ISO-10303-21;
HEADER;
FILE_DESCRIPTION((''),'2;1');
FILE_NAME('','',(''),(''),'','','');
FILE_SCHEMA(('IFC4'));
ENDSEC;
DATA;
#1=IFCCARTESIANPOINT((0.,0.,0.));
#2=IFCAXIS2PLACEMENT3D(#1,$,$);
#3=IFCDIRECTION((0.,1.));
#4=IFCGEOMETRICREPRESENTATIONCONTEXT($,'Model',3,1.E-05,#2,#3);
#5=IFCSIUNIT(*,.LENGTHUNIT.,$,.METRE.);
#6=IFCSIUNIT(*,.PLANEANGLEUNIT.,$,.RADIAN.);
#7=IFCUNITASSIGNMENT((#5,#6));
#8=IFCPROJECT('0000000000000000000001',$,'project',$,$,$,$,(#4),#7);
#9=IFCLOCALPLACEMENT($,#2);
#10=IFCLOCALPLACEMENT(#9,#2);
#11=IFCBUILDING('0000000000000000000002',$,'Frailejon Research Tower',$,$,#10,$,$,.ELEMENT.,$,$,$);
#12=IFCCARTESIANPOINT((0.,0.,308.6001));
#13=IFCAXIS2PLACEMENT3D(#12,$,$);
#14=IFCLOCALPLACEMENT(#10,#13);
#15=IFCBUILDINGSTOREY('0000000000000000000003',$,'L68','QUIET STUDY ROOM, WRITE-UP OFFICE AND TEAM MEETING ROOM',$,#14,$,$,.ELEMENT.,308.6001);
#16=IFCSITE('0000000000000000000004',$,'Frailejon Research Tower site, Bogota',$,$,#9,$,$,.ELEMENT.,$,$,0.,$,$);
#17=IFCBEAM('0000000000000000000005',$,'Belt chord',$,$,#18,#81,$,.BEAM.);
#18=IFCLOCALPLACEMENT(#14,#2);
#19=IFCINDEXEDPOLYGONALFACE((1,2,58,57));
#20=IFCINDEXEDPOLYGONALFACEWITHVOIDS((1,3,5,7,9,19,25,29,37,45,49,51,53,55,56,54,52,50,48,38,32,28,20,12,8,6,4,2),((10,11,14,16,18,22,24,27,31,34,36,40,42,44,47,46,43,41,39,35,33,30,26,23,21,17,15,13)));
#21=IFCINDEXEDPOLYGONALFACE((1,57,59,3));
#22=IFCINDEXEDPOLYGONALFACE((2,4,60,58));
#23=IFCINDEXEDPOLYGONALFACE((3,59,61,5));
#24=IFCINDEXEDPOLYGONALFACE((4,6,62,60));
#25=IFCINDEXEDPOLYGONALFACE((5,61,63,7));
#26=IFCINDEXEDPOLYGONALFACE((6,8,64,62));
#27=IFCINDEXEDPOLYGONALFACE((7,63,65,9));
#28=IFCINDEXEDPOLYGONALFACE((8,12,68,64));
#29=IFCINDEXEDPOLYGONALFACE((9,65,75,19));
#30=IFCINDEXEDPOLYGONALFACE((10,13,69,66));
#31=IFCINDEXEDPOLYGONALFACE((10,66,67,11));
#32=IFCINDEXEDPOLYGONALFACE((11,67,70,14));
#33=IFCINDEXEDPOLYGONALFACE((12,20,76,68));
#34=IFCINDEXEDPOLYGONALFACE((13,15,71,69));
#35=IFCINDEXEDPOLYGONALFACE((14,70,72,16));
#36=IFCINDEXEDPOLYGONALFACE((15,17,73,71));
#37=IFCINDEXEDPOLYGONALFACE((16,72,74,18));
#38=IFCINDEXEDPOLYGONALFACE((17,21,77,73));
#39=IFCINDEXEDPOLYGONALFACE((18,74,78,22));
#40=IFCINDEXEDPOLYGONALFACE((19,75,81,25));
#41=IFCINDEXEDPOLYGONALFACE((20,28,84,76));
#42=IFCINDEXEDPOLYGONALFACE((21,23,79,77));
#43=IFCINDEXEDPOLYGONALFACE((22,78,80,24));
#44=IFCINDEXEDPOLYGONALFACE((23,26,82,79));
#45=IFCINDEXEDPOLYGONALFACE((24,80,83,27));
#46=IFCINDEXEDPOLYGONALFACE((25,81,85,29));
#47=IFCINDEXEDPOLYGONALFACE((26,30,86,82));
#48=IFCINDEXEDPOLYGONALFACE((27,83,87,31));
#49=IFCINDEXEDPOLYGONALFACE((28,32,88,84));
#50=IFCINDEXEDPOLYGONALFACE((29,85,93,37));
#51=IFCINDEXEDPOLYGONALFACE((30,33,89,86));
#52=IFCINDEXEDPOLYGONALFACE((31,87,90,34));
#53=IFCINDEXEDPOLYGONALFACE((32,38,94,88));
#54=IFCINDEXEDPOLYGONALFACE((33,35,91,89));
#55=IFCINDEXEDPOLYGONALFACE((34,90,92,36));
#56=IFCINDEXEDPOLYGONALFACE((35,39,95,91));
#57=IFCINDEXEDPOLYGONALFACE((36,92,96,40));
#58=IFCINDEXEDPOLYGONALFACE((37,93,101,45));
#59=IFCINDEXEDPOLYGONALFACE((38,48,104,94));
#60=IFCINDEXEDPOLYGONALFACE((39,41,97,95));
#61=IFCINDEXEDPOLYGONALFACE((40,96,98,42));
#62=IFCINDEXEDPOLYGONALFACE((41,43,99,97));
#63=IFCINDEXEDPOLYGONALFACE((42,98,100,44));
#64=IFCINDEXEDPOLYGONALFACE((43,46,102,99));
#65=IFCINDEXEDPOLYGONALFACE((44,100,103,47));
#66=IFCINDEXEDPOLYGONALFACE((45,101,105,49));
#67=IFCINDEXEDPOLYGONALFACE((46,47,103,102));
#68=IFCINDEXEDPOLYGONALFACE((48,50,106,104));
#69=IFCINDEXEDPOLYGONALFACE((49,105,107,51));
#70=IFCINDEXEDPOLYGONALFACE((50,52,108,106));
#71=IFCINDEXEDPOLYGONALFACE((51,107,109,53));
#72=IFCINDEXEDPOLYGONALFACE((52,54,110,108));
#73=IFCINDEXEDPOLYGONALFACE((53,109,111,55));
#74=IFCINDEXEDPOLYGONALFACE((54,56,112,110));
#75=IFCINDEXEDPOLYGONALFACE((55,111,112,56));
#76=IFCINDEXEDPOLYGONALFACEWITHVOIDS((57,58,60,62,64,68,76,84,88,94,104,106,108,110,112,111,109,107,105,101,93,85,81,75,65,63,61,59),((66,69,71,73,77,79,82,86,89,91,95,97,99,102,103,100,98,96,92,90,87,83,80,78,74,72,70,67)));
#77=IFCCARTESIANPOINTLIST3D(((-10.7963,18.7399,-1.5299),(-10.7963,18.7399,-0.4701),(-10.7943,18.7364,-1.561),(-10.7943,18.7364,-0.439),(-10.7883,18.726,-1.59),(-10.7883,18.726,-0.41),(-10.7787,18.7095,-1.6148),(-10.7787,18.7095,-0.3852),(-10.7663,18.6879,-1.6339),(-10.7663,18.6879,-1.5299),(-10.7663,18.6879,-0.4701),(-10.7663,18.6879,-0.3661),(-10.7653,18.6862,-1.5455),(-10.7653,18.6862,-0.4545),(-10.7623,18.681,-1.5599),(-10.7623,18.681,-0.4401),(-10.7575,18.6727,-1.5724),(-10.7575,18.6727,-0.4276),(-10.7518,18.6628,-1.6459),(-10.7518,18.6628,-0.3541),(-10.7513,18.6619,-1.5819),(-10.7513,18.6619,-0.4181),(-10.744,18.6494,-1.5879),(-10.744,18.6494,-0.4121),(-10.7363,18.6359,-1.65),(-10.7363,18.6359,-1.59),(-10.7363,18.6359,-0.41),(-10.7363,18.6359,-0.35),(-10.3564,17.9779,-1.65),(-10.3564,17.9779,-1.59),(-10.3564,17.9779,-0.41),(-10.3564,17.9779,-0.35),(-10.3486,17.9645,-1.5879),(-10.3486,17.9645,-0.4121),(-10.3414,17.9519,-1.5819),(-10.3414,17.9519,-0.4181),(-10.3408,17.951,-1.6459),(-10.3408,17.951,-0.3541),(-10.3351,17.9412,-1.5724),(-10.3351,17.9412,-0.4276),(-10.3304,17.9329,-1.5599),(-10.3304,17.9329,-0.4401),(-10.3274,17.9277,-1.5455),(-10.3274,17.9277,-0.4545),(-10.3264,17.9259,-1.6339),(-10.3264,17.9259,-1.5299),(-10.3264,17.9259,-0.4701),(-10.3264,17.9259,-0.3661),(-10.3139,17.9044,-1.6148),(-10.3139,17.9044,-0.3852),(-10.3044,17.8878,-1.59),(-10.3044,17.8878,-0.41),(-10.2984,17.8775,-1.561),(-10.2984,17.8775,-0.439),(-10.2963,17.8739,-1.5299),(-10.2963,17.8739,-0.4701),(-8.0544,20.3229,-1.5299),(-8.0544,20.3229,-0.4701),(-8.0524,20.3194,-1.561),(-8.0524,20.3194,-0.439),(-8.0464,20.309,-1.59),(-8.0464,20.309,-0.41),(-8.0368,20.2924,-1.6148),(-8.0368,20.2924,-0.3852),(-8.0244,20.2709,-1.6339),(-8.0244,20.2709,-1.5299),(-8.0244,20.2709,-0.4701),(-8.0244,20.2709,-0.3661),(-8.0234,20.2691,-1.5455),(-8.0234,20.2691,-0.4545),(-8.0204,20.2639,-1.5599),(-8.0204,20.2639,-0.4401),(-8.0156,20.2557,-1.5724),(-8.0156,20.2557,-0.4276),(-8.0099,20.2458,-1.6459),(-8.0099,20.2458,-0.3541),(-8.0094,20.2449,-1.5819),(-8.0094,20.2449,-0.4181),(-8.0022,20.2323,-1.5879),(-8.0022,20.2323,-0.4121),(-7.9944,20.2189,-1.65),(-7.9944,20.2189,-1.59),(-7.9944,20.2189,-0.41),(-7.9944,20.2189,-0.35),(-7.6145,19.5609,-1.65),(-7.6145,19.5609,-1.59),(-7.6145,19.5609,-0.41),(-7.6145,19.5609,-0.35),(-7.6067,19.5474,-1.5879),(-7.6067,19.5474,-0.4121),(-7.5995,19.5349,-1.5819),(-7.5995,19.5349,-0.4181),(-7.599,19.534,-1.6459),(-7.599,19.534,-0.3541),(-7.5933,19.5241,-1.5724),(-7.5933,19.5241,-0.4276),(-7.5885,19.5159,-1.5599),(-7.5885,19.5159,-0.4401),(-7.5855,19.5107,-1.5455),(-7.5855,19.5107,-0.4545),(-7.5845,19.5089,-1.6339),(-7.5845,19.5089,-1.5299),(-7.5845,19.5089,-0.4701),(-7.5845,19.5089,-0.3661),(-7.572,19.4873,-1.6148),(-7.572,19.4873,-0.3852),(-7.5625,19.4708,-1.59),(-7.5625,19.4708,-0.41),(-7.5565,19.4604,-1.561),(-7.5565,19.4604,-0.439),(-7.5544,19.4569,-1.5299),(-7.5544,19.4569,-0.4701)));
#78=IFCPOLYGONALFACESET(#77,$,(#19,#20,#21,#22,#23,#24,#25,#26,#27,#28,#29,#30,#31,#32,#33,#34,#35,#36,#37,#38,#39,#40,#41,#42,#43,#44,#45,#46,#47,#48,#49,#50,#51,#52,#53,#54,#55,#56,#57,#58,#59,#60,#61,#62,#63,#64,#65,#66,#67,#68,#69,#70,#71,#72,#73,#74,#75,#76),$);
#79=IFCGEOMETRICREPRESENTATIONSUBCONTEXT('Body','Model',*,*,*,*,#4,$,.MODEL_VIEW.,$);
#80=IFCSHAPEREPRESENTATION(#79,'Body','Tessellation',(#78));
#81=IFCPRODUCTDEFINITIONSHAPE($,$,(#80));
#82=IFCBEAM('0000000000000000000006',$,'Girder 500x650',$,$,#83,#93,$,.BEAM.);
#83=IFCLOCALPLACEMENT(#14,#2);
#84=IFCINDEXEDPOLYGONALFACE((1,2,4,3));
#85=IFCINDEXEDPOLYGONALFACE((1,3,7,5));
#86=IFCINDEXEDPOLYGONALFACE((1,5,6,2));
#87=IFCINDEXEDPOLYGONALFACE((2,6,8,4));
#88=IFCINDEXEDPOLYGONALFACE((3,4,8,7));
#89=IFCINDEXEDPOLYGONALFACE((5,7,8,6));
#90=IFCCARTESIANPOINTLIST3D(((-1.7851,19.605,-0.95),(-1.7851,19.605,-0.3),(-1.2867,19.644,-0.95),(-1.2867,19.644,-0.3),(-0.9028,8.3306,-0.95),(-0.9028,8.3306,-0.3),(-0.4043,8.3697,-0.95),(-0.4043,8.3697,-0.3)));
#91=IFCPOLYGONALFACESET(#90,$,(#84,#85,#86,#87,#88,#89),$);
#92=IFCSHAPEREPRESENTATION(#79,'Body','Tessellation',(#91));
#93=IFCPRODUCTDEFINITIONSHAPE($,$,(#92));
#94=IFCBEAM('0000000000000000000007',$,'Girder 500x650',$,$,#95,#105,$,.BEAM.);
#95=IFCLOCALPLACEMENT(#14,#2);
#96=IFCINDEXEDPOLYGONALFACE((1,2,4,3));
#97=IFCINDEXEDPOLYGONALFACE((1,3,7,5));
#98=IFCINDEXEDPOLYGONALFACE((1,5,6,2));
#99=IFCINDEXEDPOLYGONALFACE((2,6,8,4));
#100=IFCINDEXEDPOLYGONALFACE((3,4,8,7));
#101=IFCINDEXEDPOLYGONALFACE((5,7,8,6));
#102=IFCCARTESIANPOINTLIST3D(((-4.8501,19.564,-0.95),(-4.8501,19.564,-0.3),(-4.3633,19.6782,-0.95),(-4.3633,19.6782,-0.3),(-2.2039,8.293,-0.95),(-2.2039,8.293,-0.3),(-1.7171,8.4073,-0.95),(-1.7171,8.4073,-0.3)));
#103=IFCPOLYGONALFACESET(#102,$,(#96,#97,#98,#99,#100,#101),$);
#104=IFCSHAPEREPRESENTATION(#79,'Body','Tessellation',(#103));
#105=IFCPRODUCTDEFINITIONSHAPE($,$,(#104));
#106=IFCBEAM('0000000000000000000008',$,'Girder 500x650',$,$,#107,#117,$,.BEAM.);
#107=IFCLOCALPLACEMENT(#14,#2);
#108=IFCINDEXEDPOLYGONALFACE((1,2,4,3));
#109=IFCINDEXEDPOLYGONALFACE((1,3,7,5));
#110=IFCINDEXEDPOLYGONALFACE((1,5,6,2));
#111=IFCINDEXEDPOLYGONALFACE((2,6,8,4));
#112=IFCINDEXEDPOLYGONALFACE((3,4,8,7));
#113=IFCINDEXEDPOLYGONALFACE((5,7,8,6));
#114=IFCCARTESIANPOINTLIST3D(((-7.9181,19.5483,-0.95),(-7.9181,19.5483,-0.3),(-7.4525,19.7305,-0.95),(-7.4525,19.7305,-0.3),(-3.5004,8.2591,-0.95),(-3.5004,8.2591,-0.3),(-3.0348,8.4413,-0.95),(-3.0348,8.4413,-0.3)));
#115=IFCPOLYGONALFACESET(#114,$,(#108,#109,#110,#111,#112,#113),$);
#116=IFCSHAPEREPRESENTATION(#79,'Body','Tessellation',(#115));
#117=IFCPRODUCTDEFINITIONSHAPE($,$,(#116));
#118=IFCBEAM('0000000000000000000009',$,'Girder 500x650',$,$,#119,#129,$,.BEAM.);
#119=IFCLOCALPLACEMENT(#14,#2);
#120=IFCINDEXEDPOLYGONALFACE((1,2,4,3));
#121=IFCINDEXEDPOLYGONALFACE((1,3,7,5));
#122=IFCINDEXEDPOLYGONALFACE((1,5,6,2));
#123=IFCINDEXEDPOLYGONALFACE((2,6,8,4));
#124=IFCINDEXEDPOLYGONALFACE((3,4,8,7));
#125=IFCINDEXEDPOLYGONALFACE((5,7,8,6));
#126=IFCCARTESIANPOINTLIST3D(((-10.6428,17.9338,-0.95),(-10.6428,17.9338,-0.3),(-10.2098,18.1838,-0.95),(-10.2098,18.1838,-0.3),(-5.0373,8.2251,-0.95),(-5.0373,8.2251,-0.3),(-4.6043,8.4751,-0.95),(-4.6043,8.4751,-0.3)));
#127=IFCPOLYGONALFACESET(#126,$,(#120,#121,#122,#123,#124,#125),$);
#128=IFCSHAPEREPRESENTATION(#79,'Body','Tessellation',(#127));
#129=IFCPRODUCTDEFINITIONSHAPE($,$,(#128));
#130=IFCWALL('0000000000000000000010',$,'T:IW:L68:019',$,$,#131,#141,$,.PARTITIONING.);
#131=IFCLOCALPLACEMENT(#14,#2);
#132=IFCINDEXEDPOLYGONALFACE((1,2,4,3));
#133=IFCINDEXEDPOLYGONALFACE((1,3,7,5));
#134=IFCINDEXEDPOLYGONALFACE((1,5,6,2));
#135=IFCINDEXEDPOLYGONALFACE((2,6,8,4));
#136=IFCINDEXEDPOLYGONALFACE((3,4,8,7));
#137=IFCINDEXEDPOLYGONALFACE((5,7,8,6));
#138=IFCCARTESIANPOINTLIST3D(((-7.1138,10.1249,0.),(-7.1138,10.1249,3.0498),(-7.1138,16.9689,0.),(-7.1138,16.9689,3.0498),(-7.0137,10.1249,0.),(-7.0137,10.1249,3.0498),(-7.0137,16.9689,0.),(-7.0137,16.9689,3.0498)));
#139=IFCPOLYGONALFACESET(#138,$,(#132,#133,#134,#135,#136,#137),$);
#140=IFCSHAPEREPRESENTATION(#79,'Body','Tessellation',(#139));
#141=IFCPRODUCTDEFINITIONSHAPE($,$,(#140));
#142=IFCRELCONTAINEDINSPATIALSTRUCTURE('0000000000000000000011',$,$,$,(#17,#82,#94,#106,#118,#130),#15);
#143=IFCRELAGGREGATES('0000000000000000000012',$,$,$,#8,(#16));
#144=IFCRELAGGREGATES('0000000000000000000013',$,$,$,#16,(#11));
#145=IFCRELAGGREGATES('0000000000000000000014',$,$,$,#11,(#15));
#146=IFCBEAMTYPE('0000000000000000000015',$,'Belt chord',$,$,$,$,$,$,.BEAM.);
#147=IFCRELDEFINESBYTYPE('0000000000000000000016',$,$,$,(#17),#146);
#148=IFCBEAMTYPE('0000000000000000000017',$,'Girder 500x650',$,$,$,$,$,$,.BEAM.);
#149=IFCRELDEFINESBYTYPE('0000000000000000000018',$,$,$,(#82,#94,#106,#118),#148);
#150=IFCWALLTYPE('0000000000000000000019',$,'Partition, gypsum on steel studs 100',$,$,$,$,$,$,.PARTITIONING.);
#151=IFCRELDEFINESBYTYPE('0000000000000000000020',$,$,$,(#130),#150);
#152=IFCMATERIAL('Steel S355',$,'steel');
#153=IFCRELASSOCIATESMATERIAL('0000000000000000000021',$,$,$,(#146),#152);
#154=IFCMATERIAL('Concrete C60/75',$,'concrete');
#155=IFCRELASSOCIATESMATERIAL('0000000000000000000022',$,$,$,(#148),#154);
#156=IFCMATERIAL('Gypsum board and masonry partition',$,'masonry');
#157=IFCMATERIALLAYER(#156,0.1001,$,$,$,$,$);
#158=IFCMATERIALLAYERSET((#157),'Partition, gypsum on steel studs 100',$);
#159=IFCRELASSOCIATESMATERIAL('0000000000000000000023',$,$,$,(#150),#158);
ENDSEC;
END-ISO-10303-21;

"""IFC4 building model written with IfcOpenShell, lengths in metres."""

from ifc_helpers import new_model, si_unit, direction, frame, frame_2d, origin, origin_2d, place, context, subcontext, project, spatial, rectangle, hollow_rectangle, extrude, material, layer, layer_set, material_profile, profile_set, type_object, element, save


model = new_model("IFC4")

# Units and contexts
model_context = context("Model", 3, precision=1e-05, world=origin(), true_north=direction((0.0, 1.0)))
body_context = subcontext(model_context, "Body", "Model", "MODEL_VIEW")
ifc_project = project(units=[si_unit("LENGTHUNIT", "METRE"), si_unit("PLANEANGLEUNIT", "RADIAN")], contexts=[model_context])

# Site, building, storey
site_placement = place(None, origin())
site = spatial("IfcSite", under=ifc_project, at=site_placement, Name="Frailejon Research Tower site, Bogota", CompositionType="ELEMENT", RefElevation=0.0)
building_placement = place(site_placement, origin())
building = spatial("IfcBuilding", under=site, at=building_placement, Name="Frailejon Research Tower", CompositionType="ELEMENT")
storey_placement = place(building_placement, frame((0.0, 0.0, 308.6001)))
storey = spatial("IfcBuildingStorey", under=building, at=storey_placement, Name="L68", Description="QUIET STUDY ROOM, WRITE-UP OFFICE AND TEAM MEETING ROOM", CompositionType="ELEMENT", Elevation=308.6001)

# Beams
ifc_material_1 = material(Name="Steel S355", Category="steel")
ifc_material_profile_1 = material_profile(ifc_material_1, hollow_rectangle(XDim=1.0, YDim=1.3, WallThickness=0.0601, InnerFilletRadius=0.0601, OuterFilletRadius=0.1201, at=origin_2d()), Name="Belt chord")
ifc_profile_set_1 = profile_set([ifc_material_profile_1], Name="Steel S355")
beam_type_1 = type_object("IfcBeamType", Name="Belt chord", PredefinedType="BEAM", material=ifc_profile_set_1)
beam_1_placement = place(storey_placement, frame((-7.8044, 19.8899, -1.0), z_axis=(-0.866033, -0.499987, 0.0), x_axis=(0.499987, -0.866033, 0.0)))
element("IfcBeam", 1, at=beam_1_placement, inside=storey, type_object=beam_type_1, Name="Belt chord", PredefinedType="BEAM", context=body_context, shape_type="SweptSolid", body=[
    extrude(hollow_rectangle(XDim=1.0, YDim=1.3, WallThickness=0.0601, InnerFilletRadius=0.0601, OuterFilletRadius=0.1201, at=origin_2d()), origin(), (0.0, 0.0, 1.0), 3.166),
])
ifc_material_2 = material(Name="Concrete C60/75", Category="concrete")
ifc_material_profile_2 = material_profile(ifc_material_2, rectangle(XDim=0.5, YDim=0.6499, at=origin_2d()), Name="Girder 500x650")
ifc_profile_set_2 = profile_set([ifc_material_profile_2], Name="Concrete C60/75")
beam_type_2 = type_object("IfcBeamType", Name="Girder 500x650", PredefinedType="BEAM", material=ifc_profile_set_2)
beam_2_placement = place(storey_placement, frame((-1.5359, 19.6245, -0.625), z_axis=(0.07802, -0.996952, 0.0), x_axis=(0.996952, 0.07802, 0.0)))
element("IfcBeam", 2, at=beam_2_placement, inside=storey, type_object=beam_type_2, Name="Girder 500x650", PredefinedType="BEAM", context=body_context, shape_type="SweptSolid", body=[
    extrude(rectangle(XDim=0.5, YDim=0.6499, at=origin_2d()), origin(), (0.0, 0.0, 1.0), 11.3088),
])
beam_3_placement = place(storey_placement, frame((-4.6067, 19.6211, -0.625), z_axis=(0.228568, -0.973528, 0.0), x_axis=(0.973528, 0.228568, 0.0)))
element("IfcBeam", 3, at=beam_3_placement, inside=storey, type_object=beam_type_2, Name="Girder 500x650", PredefinedType="BEAM", context=body_context, shape_type="SweptSolid", body=[
    extrude(rectangle(XDim=0.5, YDim=0.6499, at=origin_2d()), origin(), (0.0, 0.0, 1.0), 11.5774),
])
beam_4_placement = place(storey_placement, frame((-7.6853, 19.6394, -0.625), z_axis=(0.364411, -0.931238, 0.0), x_axis=(0.931238, 0.364411, 0.0)))
element("IfcBeam", 4, at=beam_4_placement, inside=storey, type_object=beam_type_2, Name="Girder 500x650", PredefinedType="BEAM", context=body_context, shape_type="SweptSolid", body=[
    extrude(rectangle(XDim=0.5, YDim=0.6499, at=origin_2d()), origin(), (0.0, 0.0, 1.0), 12.1228),
])
beam_5_placement = place(storey_placement, frame((-10.4263, 18.0588, -0.625), z_axis=(0.500008, -0.866021, 0.0), x_axis=(0.866021, 0.500008, 0.0)))
element("IfcBeam", 5, at=beam_5_placement, inside=storey, type_object=beam_type_2, Name="Girder 500x650", PredefinedType="BEAM", context=body_context, shape_type="SweptSolid", body=[
    extrude(rectangle(XDim=0.5, YDim=0.6499, at=origin_2d()), origin(), (0.0, 0.0, 1.0), 11.2107),
])

# Wall
ifc_material_3 = material(Name="Gypsum board and masonry partition", Category="masonry")
ifc_layer_1 = layer(ifc_material_3, 0.1001)
ifc_layer_set_1 = layer_set([ifc_layer_1], Name="Partition, gypsum on steel studs 100")
wall_type_1 = type_object("IfcWallType", Name="Partition, gypsum on steel studs 100", PredefinedType="PARTITIONING", material=ifc_layer_set_1)
wall_1_placement = place(storey_placement, frame((-7.0637, 10.125, 0.0), z_axis=(0.0, 0.0, 1.0), x_axis=(0.0, 1.0, 0.0)))
element("IfcWall", 6, at=wall_1_placement, inside=storey, type_object=wall_type_1, Name="T:IW:L68:019", PredefinedType="PARTITIONING", context=body_context, shape_type="SweptSolid", body=[
    extrude(rectangle(XDim=6.844, YDim=0.1001, at=frame_2d((3.4219, 0.0))), origin(), (0.0, 0.0, 1.0), 3.0498),
])

save(model, "model.ifc")
